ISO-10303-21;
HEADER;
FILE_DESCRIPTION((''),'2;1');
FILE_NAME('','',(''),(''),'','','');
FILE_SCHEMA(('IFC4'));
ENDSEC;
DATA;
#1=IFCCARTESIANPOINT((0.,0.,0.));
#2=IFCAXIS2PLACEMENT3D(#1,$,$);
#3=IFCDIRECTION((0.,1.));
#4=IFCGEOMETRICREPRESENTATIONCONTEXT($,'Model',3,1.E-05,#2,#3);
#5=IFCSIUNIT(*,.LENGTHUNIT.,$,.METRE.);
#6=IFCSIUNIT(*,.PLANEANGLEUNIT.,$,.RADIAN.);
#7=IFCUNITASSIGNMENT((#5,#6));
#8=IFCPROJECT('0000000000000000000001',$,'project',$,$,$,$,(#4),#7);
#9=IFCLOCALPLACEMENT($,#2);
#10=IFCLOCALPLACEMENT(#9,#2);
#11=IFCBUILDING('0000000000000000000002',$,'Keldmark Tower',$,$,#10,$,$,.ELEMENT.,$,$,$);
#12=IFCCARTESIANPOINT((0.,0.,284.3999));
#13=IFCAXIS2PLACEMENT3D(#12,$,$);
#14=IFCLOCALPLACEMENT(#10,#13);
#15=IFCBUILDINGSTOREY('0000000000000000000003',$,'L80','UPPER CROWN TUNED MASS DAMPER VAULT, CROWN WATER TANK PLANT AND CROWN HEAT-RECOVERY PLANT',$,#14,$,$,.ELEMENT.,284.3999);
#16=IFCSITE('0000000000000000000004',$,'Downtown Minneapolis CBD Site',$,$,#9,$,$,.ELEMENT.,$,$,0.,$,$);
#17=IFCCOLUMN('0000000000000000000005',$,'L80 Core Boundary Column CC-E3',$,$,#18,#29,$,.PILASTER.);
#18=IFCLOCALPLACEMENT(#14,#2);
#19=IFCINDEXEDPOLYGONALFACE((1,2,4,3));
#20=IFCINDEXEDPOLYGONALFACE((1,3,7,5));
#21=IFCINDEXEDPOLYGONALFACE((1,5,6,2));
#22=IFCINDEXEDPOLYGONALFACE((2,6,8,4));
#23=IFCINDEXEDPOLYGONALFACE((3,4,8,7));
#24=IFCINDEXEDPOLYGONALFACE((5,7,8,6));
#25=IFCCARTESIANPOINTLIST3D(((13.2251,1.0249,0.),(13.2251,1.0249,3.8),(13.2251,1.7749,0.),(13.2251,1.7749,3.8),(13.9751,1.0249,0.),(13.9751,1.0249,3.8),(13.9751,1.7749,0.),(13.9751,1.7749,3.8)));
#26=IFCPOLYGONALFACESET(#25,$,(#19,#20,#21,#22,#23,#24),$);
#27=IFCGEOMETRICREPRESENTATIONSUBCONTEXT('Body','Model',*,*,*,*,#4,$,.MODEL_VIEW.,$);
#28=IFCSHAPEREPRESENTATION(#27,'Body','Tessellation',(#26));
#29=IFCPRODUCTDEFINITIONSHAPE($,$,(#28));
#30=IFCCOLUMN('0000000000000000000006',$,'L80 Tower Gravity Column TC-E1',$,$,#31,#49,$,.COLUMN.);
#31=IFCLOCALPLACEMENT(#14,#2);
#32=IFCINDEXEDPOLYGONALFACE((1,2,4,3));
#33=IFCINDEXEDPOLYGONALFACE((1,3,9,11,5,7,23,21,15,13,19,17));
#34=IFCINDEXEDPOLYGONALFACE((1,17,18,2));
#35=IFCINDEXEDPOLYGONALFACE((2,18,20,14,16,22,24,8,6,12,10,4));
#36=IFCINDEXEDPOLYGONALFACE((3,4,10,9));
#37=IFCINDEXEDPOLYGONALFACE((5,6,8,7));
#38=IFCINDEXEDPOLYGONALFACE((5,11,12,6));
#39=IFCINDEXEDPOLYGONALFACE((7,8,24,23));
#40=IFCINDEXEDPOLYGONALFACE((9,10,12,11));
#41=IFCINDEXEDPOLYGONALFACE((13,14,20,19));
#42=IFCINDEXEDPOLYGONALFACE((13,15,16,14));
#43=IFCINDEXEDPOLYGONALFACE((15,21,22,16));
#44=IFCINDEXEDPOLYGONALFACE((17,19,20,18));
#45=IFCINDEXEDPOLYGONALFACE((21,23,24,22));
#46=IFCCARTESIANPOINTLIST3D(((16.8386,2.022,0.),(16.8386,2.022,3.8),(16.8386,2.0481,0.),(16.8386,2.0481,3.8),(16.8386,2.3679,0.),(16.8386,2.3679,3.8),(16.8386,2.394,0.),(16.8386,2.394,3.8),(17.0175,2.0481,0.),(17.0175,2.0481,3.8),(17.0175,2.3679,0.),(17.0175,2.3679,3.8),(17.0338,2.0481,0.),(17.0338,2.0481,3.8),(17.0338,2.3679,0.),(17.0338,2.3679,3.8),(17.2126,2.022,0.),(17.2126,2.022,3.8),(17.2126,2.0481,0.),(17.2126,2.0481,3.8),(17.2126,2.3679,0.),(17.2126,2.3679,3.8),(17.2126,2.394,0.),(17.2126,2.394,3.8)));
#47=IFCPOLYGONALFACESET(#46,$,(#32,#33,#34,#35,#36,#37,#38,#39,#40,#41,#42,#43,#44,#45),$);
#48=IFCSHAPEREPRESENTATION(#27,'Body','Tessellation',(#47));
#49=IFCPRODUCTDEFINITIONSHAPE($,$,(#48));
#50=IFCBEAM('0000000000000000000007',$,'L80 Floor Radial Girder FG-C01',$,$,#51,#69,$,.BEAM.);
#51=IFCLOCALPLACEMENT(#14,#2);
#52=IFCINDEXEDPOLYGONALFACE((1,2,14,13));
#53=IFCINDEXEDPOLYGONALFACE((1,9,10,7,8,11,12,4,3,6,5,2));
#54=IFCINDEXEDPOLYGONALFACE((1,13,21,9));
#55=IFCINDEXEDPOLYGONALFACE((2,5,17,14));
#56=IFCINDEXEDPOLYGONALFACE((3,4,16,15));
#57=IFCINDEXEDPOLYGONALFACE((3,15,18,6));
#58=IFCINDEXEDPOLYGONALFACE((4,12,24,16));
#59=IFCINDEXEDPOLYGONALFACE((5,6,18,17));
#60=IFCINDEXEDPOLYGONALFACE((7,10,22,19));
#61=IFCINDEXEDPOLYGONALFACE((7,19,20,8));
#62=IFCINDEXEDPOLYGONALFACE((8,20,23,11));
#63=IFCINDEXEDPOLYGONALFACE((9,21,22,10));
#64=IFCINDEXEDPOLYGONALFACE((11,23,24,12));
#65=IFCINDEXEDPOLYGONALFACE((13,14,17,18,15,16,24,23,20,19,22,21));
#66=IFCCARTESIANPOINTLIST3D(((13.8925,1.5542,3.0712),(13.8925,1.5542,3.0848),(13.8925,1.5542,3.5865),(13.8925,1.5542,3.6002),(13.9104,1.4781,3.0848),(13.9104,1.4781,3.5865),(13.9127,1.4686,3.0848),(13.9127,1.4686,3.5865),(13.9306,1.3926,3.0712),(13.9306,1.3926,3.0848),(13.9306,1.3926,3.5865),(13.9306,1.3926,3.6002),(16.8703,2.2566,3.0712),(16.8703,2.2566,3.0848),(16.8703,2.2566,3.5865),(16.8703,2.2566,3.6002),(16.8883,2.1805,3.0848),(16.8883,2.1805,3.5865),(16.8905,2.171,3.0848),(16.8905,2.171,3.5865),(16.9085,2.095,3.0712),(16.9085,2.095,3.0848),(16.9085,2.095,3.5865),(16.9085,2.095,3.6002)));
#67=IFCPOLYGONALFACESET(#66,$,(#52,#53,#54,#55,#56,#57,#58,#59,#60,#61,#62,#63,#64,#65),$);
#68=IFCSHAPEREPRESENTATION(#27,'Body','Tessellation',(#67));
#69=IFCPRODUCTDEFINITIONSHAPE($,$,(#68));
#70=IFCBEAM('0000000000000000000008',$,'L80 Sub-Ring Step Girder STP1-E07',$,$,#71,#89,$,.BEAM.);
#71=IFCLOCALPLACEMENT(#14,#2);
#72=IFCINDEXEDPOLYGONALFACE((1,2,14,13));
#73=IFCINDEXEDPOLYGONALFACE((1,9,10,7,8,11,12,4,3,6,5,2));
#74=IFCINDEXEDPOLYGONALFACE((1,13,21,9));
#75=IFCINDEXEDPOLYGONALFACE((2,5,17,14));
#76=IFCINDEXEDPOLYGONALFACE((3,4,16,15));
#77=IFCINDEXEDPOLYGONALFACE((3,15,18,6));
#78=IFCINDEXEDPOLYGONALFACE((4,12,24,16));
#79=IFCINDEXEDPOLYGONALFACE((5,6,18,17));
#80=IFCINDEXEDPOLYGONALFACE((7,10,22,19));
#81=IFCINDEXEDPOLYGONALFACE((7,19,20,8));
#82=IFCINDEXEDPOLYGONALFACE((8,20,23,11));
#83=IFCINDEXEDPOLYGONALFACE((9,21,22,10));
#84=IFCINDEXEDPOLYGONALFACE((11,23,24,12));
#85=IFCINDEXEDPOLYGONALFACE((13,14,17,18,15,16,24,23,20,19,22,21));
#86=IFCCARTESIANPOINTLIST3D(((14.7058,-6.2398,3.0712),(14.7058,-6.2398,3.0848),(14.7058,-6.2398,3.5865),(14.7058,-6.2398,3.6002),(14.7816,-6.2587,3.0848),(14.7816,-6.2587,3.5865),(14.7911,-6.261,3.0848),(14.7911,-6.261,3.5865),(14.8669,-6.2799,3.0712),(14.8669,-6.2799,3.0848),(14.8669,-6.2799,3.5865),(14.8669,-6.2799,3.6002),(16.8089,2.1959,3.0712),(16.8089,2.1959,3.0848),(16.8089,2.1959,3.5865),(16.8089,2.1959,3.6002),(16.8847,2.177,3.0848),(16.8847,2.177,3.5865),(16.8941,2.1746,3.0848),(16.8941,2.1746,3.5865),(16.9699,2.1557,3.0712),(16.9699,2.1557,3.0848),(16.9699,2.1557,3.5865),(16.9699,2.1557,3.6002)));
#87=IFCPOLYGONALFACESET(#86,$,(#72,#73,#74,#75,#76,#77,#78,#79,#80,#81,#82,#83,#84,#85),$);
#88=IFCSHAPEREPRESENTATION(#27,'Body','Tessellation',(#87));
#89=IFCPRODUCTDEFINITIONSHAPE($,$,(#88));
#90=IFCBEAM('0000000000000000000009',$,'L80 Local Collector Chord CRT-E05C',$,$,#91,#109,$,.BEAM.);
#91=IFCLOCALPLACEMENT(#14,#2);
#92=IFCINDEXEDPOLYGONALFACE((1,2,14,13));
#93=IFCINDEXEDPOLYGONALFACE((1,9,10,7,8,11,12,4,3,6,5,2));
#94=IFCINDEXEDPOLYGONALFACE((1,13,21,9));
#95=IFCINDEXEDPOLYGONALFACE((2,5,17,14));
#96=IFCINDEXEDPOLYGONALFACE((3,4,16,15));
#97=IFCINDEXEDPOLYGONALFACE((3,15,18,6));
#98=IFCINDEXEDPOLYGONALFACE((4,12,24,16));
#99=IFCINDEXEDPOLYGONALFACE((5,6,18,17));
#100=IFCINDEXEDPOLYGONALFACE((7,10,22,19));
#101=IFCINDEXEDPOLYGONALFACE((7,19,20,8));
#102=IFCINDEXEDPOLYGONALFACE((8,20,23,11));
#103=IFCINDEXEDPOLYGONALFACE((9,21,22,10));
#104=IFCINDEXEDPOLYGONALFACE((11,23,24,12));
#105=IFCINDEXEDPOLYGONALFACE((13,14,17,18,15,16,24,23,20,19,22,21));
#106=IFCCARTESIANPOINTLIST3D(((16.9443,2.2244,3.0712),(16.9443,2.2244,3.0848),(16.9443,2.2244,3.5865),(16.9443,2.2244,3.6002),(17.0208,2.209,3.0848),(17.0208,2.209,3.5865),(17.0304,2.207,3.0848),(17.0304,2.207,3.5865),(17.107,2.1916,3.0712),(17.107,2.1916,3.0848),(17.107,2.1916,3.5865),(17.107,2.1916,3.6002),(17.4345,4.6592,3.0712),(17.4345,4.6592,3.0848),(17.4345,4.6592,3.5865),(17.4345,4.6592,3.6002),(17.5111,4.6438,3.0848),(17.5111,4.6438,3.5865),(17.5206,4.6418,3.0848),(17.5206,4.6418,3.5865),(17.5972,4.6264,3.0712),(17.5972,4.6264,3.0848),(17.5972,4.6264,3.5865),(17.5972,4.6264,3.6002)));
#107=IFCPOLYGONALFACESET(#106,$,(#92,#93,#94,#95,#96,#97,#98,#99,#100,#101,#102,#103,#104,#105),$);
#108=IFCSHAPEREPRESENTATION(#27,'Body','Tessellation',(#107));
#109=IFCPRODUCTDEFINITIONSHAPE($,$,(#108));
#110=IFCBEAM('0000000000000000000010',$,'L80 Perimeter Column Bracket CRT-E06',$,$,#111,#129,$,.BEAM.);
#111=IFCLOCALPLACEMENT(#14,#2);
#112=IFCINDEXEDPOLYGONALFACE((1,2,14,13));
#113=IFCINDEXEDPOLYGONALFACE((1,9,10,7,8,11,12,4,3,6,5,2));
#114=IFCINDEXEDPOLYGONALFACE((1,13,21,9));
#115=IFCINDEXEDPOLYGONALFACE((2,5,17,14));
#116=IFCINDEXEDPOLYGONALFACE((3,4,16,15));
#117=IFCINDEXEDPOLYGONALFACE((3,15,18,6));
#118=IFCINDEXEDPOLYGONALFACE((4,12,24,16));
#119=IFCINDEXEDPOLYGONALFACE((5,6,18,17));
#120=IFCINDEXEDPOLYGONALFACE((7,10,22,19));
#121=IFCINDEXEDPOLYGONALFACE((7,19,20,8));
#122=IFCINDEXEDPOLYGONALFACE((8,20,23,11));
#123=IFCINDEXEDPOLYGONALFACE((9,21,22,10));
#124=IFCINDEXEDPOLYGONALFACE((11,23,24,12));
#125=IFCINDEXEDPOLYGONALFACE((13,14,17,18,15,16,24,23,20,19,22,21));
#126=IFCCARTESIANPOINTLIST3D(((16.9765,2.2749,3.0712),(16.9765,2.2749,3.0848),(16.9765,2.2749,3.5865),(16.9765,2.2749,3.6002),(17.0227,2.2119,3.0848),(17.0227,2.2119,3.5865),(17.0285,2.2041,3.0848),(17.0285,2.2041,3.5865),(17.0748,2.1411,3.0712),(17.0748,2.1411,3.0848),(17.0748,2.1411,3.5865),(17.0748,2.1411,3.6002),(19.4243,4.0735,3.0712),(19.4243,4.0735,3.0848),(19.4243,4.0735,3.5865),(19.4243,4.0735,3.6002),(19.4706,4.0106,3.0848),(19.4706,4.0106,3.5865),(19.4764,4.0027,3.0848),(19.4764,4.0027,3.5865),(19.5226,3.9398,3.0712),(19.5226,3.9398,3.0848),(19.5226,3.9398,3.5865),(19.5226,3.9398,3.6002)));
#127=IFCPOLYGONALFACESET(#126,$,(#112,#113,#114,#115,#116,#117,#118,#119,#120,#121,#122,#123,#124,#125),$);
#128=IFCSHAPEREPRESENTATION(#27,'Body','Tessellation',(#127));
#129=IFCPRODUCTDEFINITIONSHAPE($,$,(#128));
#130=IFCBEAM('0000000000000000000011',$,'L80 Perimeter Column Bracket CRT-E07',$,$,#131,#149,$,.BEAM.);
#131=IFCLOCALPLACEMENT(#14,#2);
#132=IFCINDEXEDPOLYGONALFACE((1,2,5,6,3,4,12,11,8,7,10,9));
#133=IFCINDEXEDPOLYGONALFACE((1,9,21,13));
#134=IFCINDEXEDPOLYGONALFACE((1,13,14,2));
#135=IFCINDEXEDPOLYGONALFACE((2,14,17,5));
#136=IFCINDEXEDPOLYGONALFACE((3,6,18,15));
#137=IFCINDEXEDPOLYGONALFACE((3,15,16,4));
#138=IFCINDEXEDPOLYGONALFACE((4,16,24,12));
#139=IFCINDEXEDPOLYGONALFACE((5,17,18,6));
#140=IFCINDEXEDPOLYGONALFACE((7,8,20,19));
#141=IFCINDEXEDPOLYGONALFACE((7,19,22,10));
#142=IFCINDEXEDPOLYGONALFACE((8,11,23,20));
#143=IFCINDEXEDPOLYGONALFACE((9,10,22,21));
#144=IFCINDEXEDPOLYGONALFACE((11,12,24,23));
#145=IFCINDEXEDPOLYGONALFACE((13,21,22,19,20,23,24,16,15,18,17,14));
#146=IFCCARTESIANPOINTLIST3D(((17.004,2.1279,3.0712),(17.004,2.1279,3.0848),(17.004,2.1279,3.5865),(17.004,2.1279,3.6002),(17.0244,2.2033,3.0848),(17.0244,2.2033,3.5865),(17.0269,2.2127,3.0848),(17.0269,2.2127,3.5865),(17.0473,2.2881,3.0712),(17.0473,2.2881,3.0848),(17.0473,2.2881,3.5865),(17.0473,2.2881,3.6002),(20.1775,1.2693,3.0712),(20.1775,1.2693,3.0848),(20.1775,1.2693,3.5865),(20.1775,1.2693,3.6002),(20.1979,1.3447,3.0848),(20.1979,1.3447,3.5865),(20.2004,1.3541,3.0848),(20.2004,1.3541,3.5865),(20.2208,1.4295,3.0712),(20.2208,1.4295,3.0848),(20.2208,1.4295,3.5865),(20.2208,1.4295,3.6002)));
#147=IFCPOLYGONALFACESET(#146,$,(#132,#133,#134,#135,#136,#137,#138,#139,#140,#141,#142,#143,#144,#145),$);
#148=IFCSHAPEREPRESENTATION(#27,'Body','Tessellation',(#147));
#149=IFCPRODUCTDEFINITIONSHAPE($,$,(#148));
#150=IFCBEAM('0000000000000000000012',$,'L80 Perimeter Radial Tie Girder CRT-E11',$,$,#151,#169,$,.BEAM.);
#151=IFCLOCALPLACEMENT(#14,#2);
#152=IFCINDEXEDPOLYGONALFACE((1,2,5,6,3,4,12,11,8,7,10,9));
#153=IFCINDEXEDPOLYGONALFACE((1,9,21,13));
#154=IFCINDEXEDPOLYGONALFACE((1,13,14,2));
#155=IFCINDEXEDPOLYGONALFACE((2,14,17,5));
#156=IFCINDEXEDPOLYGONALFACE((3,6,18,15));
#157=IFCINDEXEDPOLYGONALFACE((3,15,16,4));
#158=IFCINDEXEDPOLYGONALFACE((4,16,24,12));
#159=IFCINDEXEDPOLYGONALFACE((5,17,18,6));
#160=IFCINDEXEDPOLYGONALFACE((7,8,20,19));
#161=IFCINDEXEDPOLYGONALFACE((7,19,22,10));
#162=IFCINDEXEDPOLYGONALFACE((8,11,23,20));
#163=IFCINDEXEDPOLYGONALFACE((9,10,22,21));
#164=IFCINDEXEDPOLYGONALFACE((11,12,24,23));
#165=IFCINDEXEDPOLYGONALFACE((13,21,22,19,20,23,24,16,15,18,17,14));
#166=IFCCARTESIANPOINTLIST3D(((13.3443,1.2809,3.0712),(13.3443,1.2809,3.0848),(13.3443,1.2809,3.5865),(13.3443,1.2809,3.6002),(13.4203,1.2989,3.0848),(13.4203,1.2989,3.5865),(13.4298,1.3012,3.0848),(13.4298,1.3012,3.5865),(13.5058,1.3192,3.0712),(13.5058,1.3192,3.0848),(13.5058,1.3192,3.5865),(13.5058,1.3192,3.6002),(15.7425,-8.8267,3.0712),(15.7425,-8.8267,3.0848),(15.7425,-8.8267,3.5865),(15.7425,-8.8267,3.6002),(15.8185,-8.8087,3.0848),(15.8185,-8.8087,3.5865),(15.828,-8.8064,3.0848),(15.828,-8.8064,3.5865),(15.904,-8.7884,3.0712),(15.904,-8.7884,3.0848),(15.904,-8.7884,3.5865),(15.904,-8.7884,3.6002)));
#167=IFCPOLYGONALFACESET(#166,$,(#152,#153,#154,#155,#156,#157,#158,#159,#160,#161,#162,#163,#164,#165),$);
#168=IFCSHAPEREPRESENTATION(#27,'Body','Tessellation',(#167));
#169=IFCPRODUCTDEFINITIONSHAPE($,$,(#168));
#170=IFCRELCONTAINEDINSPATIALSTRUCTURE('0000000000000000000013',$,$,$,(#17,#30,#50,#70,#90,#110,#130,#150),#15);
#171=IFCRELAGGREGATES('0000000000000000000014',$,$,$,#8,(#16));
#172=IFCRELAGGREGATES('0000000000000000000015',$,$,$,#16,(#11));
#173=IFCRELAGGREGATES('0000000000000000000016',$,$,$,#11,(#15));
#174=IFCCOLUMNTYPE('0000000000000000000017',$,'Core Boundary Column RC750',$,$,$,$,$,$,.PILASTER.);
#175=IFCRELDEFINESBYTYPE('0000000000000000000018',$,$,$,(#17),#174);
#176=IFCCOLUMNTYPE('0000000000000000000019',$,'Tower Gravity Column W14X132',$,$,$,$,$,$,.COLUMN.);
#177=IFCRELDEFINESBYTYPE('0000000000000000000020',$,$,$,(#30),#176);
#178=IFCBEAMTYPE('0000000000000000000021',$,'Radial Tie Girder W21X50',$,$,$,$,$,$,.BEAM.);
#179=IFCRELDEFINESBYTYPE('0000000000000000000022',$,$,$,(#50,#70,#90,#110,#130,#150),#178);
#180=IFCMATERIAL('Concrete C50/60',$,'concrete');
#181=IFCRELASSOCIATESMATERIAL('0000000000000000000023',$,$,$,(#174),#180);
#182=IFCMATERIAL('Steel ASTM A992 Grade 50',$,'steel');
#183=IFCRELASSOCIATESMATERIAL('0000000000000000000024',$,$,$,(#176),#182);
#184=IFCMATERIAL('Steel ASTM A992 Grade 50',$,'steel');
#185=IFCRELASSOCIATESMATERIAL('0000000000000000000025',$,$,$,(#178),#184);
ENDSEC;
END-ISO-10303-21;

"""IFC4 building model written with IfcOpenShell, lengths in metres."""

from ifc_helpers import new_model, si_unit, direction, frame, origin, origin_2d, place, context, subcontext, project, spatial, rectangle, i_section, extrude, material, material_profile, profile_set, type_object, element, save


model = new_model("IFC4")

# Units and contexts
model_context = context("Model", 3, precision=1e-05, world=origin(), true_north=direction((0.0, 1.0)))
body_context = subcontext(model_context, "Body", "Model", "MODEL_VIEW")
ifc_project = project(units=[si_unit("LENGTHUNIT", "METRE"), si_unit("PLANEANGLEUNIT", "RADIAN")], contexts=[model_context])

# Site, building, storey
site_placement = place(None, origin())
site = spatial("IfcSite", under=ifc_project, at=site_placement, Name="Downtown Minneapolis CBD Site", CompositionType="ELEMENT", RefElevation=0.0)
building_placement = place(site_placement, origin())
building = spatial("IfcBuilding", under=site, at=building_placement, Name="Keldmark Tower", CompositionType="ELEMENT")
storey_placement = place(building_placement, frame((0.0, 0.0, 284.3999)))
storey = spatial("IfcBuildingStorey", under=building, at=storey_placement, Name="L80", Description="UPPER CROWN TUNED MASS DAMPER VAULT, CROWN WATER TANK PLANT AND CROWN HEAT-RECOVERY PLANT", CompositionType="ELEMENT", Elevation=284.3999)

# Columns
ifc_material_1 = material(Name="Concrete C50/60", Category="concrete")
ifc_material_profile_1 = material_profile(ifc_material_1, rectangle(XDim=0.75, YDim=0.75, at=origin_2d()), Name="RC750X750")
ifc_profile_set_1 = profile_set([ifc_material_profile_1], Name="Concrete C50/60")
column_type_1 = type_object("IfcColumnType", Name="Core Boundary Column RC750", PredefinedType="PILASTER", material=ifc_profile_set_1)
column_1_placement = place(storey_placement, frame((13.6001, 1.3999, 0.0), z_axis=(0.0, 0.0, 1.0), x_axis=(1.0, 0.0, 0.0)))
element("IfcColumn", 1, at=column_1_placement, inside=storey, type_object=column_type_1, Name="L80 Core Boundary Column CC-E3", PredefinedType="PILASTER", context=body_context, shape_type="SweptSolid", body=[
    extrude(rectangle(XDim=0.75, YDim=0.75, at=origin_2d()), origin(), (0.0, 0.0, 1.0), 3.8),
])
ifc_material_2 = material(Name="Steel ASTM A992 Grade 50", Category="steel")
ifc_material_profile_2 = material_profile(ifc_material_2, i_section(OverallWidth=0.374, OverallDepth=0.3721, WebThickness=0.0164, FlangeThickness=0.0261, at=origin_2d()), Name="W14X132")
ifc_profile_set_2 = profile_set([ifc_material_profile_2], Name="Steel ASTM A992 Grade 50")
column_type_2 = type_object("IfcColumnType", Name="Tower Gravity Column W14X132", PredefinedType="COLUMN", material=ifc_profile_set_2)
column_2_placement = place(storey_placement, frame((17.0256, 2.208, 0.0), z_axis=(0.0, 0.0, 1.0), x_axis=(1.0, 0.0, 0.0)))
element("IfcColumn", 2, at=column_2_placement, inside=storey, type_object=column_type_2, Name="L80 Tower Gravity Column TC-E1", PredefinedType="COLUMN", context=body_context, shape_type="SweptSolid", body=[
    extrude(i_section(OverallWidth=0.374, OverallDepth=0.3721, WebThickness=0.0164, FlangeThickness=0.0261, at=origin_2d()), origin(), (0.0, 0.0, 1.0), 3.8),
])

# Beams
ifc_material_3 = material(Name="Steel ASTM A992 Grade 50", Category="steel")
ifc_material_profile_3 = material_profile(ifc_material_3, i_section(OverallWidth=0.166, OverallDepth=0.5291, WebThickness=0.0098, FlangeThickness=0.0137, at=origin_2d()), Name="W21X50")
ifc_profile_set_3 = profile_set([ifc_material_profile_3], Name="Steel ASTM A992 Grade 50")
beam_type_1 = type_object("IfcBeamType", Name="Radial Tie Girder W21X50", PredefinedType="BEAM", material=ifc_profile_set_3)
beam_1_placement = place(storey_placement, frame((16.8894, 2.1758, 3.3357), z_axis=(-0.97329, -0.229577, 0.0), x_axis=(0.229577, -0.97329, 0.0)))
element("IfcBeam", 3, at=beam_1_placement, inside=storey, type_object=beam_type_1, Name="L80 Floor Radial Girder FG-C01", PredefinedType="BEAM", context=body_context, shape_type="SweptSolid", body=[
    extrude(i_section(OverallWidth=0.166, OverallDepth=0.5291, WebThickness=0.0098, FlangeThickness=0.0137, at=origin_2d()), origin(), (0.0, 0.0, 1.0), 3.0596),
])
beam_2_placement = place(storey_placement, frame((16.8894, 2.1758, 3.3357), z_axis=(-0.241901, -0.970301, 0.0), x_axis=(0.970301, -0.241901, 0.0)))
element("IfcBeam", 4, at=beam_2_placement, inside=storey, type_object=beam_type_1, Name="L80 Sub-Ring Step Girder STP1-E07", PredefinedType="BEAM", context=body_context, shape_type="SweptSolid", body=[
    extrude(i_section(OverallWidth=0.166, OverallDepth=0.5291, WebThickness=0.0098, FlangeThickness=0.0137, at=origin_2d()), origin(), (0.0, 0.0, 1.0), 8.6938),
])
beam_3_placement = place(storey_placement, frame((17.0256, 2.208, 3.3357), z_axis=(0.197383, 0.980327, 0.0), x_axis=(-0.980327, 0.197383, 0.0)))
element("IfcBeam", 5, at=beam_3_placement, inside=storey, type_object=beam_type_1, Name="L80 Local Collector Chord CRT-E05C", PredefinedType="BEAM", context=body_context, shape_type="SweptSolid", body=[
    extrude(i_section(OverallWidth=0.166, OverallDepth=0.5291, WebThickness=0.0098, FlangeThickness=0.0137, at=origin_2d()), origin(), (0.0, 0.0, 1.0), 2.4836),
])
beam_4_placement = place(storey_placement, frame((17.0256, 2.208, 3.3357), z_axis=(0.805845, 0.592127, 0.0), x_axis=(-0.592127, 0.805845, 0.0)))
element("IfcBeam", 6, at=beam_4_placement, inside=storey, type_object=beam_type_1, Name="L80 Perimeter Column Bracket CRT-E06", PredefinedType="BEAM", context=body_context, shape_type="SweptSolid", body=[
    extrude(i_section(OverallWidth=0.166, OverallDepth=0.5291, WebThickness=0.0098, FlangeThickness=0.0137, at=origin_2d()), origin(), (0.0, 0.0, 1.0), 3.0376),
])
beam_5_placement = place(storey_placement, frame((17.0256, 2.208, 3.3357), z_axis=(0.965293, -0.261169, 0.0), x_axis=(0.261169, 0.965293, 0.0)))
element("IfcBeam", 7, at=beam_5_placement, inside=storey, type_object=beam_type_1, Name="L80 Perimeter Column Bracket CRT-E07", PredefinedType="BEAM", context=body_context, shape_type="SweptSolid", body=[
    extrude(i_section(OverallWidth=0.166, OverallDepth=0.5291, WebThickness=0.0098, FlangeThickness=0.0137, at=origin_2d()), origin(), (0.0, 0.0, 1.0), 3.2876),
])
beam_6_placement = place(storey_placement, frame((13.425, 1.3, 3.3357), z_axis=(0.230856, -0.972988, 0.0), x_axis=(0.972988, 0.230856, 0.0)))
element("IfcBeam", 8, at=beam_6_placement, inside=storey, type_object=beam_type_1, Name="L80 Perimeter Radial Tie Girder CRT-E11", PredefinedType="BEAM", context=body_context, shape_type="SweptSolid", body=[
    extrude(i_section(OverallWidth=0.166, OverallDepth=0.5291, WebThickness=0.0098, FlangeThickness=0.0137, at=origin_2d()), origin(), (0.0, 0.0, 1.0), 10.3882),
])

save(model, "model.ifc")
